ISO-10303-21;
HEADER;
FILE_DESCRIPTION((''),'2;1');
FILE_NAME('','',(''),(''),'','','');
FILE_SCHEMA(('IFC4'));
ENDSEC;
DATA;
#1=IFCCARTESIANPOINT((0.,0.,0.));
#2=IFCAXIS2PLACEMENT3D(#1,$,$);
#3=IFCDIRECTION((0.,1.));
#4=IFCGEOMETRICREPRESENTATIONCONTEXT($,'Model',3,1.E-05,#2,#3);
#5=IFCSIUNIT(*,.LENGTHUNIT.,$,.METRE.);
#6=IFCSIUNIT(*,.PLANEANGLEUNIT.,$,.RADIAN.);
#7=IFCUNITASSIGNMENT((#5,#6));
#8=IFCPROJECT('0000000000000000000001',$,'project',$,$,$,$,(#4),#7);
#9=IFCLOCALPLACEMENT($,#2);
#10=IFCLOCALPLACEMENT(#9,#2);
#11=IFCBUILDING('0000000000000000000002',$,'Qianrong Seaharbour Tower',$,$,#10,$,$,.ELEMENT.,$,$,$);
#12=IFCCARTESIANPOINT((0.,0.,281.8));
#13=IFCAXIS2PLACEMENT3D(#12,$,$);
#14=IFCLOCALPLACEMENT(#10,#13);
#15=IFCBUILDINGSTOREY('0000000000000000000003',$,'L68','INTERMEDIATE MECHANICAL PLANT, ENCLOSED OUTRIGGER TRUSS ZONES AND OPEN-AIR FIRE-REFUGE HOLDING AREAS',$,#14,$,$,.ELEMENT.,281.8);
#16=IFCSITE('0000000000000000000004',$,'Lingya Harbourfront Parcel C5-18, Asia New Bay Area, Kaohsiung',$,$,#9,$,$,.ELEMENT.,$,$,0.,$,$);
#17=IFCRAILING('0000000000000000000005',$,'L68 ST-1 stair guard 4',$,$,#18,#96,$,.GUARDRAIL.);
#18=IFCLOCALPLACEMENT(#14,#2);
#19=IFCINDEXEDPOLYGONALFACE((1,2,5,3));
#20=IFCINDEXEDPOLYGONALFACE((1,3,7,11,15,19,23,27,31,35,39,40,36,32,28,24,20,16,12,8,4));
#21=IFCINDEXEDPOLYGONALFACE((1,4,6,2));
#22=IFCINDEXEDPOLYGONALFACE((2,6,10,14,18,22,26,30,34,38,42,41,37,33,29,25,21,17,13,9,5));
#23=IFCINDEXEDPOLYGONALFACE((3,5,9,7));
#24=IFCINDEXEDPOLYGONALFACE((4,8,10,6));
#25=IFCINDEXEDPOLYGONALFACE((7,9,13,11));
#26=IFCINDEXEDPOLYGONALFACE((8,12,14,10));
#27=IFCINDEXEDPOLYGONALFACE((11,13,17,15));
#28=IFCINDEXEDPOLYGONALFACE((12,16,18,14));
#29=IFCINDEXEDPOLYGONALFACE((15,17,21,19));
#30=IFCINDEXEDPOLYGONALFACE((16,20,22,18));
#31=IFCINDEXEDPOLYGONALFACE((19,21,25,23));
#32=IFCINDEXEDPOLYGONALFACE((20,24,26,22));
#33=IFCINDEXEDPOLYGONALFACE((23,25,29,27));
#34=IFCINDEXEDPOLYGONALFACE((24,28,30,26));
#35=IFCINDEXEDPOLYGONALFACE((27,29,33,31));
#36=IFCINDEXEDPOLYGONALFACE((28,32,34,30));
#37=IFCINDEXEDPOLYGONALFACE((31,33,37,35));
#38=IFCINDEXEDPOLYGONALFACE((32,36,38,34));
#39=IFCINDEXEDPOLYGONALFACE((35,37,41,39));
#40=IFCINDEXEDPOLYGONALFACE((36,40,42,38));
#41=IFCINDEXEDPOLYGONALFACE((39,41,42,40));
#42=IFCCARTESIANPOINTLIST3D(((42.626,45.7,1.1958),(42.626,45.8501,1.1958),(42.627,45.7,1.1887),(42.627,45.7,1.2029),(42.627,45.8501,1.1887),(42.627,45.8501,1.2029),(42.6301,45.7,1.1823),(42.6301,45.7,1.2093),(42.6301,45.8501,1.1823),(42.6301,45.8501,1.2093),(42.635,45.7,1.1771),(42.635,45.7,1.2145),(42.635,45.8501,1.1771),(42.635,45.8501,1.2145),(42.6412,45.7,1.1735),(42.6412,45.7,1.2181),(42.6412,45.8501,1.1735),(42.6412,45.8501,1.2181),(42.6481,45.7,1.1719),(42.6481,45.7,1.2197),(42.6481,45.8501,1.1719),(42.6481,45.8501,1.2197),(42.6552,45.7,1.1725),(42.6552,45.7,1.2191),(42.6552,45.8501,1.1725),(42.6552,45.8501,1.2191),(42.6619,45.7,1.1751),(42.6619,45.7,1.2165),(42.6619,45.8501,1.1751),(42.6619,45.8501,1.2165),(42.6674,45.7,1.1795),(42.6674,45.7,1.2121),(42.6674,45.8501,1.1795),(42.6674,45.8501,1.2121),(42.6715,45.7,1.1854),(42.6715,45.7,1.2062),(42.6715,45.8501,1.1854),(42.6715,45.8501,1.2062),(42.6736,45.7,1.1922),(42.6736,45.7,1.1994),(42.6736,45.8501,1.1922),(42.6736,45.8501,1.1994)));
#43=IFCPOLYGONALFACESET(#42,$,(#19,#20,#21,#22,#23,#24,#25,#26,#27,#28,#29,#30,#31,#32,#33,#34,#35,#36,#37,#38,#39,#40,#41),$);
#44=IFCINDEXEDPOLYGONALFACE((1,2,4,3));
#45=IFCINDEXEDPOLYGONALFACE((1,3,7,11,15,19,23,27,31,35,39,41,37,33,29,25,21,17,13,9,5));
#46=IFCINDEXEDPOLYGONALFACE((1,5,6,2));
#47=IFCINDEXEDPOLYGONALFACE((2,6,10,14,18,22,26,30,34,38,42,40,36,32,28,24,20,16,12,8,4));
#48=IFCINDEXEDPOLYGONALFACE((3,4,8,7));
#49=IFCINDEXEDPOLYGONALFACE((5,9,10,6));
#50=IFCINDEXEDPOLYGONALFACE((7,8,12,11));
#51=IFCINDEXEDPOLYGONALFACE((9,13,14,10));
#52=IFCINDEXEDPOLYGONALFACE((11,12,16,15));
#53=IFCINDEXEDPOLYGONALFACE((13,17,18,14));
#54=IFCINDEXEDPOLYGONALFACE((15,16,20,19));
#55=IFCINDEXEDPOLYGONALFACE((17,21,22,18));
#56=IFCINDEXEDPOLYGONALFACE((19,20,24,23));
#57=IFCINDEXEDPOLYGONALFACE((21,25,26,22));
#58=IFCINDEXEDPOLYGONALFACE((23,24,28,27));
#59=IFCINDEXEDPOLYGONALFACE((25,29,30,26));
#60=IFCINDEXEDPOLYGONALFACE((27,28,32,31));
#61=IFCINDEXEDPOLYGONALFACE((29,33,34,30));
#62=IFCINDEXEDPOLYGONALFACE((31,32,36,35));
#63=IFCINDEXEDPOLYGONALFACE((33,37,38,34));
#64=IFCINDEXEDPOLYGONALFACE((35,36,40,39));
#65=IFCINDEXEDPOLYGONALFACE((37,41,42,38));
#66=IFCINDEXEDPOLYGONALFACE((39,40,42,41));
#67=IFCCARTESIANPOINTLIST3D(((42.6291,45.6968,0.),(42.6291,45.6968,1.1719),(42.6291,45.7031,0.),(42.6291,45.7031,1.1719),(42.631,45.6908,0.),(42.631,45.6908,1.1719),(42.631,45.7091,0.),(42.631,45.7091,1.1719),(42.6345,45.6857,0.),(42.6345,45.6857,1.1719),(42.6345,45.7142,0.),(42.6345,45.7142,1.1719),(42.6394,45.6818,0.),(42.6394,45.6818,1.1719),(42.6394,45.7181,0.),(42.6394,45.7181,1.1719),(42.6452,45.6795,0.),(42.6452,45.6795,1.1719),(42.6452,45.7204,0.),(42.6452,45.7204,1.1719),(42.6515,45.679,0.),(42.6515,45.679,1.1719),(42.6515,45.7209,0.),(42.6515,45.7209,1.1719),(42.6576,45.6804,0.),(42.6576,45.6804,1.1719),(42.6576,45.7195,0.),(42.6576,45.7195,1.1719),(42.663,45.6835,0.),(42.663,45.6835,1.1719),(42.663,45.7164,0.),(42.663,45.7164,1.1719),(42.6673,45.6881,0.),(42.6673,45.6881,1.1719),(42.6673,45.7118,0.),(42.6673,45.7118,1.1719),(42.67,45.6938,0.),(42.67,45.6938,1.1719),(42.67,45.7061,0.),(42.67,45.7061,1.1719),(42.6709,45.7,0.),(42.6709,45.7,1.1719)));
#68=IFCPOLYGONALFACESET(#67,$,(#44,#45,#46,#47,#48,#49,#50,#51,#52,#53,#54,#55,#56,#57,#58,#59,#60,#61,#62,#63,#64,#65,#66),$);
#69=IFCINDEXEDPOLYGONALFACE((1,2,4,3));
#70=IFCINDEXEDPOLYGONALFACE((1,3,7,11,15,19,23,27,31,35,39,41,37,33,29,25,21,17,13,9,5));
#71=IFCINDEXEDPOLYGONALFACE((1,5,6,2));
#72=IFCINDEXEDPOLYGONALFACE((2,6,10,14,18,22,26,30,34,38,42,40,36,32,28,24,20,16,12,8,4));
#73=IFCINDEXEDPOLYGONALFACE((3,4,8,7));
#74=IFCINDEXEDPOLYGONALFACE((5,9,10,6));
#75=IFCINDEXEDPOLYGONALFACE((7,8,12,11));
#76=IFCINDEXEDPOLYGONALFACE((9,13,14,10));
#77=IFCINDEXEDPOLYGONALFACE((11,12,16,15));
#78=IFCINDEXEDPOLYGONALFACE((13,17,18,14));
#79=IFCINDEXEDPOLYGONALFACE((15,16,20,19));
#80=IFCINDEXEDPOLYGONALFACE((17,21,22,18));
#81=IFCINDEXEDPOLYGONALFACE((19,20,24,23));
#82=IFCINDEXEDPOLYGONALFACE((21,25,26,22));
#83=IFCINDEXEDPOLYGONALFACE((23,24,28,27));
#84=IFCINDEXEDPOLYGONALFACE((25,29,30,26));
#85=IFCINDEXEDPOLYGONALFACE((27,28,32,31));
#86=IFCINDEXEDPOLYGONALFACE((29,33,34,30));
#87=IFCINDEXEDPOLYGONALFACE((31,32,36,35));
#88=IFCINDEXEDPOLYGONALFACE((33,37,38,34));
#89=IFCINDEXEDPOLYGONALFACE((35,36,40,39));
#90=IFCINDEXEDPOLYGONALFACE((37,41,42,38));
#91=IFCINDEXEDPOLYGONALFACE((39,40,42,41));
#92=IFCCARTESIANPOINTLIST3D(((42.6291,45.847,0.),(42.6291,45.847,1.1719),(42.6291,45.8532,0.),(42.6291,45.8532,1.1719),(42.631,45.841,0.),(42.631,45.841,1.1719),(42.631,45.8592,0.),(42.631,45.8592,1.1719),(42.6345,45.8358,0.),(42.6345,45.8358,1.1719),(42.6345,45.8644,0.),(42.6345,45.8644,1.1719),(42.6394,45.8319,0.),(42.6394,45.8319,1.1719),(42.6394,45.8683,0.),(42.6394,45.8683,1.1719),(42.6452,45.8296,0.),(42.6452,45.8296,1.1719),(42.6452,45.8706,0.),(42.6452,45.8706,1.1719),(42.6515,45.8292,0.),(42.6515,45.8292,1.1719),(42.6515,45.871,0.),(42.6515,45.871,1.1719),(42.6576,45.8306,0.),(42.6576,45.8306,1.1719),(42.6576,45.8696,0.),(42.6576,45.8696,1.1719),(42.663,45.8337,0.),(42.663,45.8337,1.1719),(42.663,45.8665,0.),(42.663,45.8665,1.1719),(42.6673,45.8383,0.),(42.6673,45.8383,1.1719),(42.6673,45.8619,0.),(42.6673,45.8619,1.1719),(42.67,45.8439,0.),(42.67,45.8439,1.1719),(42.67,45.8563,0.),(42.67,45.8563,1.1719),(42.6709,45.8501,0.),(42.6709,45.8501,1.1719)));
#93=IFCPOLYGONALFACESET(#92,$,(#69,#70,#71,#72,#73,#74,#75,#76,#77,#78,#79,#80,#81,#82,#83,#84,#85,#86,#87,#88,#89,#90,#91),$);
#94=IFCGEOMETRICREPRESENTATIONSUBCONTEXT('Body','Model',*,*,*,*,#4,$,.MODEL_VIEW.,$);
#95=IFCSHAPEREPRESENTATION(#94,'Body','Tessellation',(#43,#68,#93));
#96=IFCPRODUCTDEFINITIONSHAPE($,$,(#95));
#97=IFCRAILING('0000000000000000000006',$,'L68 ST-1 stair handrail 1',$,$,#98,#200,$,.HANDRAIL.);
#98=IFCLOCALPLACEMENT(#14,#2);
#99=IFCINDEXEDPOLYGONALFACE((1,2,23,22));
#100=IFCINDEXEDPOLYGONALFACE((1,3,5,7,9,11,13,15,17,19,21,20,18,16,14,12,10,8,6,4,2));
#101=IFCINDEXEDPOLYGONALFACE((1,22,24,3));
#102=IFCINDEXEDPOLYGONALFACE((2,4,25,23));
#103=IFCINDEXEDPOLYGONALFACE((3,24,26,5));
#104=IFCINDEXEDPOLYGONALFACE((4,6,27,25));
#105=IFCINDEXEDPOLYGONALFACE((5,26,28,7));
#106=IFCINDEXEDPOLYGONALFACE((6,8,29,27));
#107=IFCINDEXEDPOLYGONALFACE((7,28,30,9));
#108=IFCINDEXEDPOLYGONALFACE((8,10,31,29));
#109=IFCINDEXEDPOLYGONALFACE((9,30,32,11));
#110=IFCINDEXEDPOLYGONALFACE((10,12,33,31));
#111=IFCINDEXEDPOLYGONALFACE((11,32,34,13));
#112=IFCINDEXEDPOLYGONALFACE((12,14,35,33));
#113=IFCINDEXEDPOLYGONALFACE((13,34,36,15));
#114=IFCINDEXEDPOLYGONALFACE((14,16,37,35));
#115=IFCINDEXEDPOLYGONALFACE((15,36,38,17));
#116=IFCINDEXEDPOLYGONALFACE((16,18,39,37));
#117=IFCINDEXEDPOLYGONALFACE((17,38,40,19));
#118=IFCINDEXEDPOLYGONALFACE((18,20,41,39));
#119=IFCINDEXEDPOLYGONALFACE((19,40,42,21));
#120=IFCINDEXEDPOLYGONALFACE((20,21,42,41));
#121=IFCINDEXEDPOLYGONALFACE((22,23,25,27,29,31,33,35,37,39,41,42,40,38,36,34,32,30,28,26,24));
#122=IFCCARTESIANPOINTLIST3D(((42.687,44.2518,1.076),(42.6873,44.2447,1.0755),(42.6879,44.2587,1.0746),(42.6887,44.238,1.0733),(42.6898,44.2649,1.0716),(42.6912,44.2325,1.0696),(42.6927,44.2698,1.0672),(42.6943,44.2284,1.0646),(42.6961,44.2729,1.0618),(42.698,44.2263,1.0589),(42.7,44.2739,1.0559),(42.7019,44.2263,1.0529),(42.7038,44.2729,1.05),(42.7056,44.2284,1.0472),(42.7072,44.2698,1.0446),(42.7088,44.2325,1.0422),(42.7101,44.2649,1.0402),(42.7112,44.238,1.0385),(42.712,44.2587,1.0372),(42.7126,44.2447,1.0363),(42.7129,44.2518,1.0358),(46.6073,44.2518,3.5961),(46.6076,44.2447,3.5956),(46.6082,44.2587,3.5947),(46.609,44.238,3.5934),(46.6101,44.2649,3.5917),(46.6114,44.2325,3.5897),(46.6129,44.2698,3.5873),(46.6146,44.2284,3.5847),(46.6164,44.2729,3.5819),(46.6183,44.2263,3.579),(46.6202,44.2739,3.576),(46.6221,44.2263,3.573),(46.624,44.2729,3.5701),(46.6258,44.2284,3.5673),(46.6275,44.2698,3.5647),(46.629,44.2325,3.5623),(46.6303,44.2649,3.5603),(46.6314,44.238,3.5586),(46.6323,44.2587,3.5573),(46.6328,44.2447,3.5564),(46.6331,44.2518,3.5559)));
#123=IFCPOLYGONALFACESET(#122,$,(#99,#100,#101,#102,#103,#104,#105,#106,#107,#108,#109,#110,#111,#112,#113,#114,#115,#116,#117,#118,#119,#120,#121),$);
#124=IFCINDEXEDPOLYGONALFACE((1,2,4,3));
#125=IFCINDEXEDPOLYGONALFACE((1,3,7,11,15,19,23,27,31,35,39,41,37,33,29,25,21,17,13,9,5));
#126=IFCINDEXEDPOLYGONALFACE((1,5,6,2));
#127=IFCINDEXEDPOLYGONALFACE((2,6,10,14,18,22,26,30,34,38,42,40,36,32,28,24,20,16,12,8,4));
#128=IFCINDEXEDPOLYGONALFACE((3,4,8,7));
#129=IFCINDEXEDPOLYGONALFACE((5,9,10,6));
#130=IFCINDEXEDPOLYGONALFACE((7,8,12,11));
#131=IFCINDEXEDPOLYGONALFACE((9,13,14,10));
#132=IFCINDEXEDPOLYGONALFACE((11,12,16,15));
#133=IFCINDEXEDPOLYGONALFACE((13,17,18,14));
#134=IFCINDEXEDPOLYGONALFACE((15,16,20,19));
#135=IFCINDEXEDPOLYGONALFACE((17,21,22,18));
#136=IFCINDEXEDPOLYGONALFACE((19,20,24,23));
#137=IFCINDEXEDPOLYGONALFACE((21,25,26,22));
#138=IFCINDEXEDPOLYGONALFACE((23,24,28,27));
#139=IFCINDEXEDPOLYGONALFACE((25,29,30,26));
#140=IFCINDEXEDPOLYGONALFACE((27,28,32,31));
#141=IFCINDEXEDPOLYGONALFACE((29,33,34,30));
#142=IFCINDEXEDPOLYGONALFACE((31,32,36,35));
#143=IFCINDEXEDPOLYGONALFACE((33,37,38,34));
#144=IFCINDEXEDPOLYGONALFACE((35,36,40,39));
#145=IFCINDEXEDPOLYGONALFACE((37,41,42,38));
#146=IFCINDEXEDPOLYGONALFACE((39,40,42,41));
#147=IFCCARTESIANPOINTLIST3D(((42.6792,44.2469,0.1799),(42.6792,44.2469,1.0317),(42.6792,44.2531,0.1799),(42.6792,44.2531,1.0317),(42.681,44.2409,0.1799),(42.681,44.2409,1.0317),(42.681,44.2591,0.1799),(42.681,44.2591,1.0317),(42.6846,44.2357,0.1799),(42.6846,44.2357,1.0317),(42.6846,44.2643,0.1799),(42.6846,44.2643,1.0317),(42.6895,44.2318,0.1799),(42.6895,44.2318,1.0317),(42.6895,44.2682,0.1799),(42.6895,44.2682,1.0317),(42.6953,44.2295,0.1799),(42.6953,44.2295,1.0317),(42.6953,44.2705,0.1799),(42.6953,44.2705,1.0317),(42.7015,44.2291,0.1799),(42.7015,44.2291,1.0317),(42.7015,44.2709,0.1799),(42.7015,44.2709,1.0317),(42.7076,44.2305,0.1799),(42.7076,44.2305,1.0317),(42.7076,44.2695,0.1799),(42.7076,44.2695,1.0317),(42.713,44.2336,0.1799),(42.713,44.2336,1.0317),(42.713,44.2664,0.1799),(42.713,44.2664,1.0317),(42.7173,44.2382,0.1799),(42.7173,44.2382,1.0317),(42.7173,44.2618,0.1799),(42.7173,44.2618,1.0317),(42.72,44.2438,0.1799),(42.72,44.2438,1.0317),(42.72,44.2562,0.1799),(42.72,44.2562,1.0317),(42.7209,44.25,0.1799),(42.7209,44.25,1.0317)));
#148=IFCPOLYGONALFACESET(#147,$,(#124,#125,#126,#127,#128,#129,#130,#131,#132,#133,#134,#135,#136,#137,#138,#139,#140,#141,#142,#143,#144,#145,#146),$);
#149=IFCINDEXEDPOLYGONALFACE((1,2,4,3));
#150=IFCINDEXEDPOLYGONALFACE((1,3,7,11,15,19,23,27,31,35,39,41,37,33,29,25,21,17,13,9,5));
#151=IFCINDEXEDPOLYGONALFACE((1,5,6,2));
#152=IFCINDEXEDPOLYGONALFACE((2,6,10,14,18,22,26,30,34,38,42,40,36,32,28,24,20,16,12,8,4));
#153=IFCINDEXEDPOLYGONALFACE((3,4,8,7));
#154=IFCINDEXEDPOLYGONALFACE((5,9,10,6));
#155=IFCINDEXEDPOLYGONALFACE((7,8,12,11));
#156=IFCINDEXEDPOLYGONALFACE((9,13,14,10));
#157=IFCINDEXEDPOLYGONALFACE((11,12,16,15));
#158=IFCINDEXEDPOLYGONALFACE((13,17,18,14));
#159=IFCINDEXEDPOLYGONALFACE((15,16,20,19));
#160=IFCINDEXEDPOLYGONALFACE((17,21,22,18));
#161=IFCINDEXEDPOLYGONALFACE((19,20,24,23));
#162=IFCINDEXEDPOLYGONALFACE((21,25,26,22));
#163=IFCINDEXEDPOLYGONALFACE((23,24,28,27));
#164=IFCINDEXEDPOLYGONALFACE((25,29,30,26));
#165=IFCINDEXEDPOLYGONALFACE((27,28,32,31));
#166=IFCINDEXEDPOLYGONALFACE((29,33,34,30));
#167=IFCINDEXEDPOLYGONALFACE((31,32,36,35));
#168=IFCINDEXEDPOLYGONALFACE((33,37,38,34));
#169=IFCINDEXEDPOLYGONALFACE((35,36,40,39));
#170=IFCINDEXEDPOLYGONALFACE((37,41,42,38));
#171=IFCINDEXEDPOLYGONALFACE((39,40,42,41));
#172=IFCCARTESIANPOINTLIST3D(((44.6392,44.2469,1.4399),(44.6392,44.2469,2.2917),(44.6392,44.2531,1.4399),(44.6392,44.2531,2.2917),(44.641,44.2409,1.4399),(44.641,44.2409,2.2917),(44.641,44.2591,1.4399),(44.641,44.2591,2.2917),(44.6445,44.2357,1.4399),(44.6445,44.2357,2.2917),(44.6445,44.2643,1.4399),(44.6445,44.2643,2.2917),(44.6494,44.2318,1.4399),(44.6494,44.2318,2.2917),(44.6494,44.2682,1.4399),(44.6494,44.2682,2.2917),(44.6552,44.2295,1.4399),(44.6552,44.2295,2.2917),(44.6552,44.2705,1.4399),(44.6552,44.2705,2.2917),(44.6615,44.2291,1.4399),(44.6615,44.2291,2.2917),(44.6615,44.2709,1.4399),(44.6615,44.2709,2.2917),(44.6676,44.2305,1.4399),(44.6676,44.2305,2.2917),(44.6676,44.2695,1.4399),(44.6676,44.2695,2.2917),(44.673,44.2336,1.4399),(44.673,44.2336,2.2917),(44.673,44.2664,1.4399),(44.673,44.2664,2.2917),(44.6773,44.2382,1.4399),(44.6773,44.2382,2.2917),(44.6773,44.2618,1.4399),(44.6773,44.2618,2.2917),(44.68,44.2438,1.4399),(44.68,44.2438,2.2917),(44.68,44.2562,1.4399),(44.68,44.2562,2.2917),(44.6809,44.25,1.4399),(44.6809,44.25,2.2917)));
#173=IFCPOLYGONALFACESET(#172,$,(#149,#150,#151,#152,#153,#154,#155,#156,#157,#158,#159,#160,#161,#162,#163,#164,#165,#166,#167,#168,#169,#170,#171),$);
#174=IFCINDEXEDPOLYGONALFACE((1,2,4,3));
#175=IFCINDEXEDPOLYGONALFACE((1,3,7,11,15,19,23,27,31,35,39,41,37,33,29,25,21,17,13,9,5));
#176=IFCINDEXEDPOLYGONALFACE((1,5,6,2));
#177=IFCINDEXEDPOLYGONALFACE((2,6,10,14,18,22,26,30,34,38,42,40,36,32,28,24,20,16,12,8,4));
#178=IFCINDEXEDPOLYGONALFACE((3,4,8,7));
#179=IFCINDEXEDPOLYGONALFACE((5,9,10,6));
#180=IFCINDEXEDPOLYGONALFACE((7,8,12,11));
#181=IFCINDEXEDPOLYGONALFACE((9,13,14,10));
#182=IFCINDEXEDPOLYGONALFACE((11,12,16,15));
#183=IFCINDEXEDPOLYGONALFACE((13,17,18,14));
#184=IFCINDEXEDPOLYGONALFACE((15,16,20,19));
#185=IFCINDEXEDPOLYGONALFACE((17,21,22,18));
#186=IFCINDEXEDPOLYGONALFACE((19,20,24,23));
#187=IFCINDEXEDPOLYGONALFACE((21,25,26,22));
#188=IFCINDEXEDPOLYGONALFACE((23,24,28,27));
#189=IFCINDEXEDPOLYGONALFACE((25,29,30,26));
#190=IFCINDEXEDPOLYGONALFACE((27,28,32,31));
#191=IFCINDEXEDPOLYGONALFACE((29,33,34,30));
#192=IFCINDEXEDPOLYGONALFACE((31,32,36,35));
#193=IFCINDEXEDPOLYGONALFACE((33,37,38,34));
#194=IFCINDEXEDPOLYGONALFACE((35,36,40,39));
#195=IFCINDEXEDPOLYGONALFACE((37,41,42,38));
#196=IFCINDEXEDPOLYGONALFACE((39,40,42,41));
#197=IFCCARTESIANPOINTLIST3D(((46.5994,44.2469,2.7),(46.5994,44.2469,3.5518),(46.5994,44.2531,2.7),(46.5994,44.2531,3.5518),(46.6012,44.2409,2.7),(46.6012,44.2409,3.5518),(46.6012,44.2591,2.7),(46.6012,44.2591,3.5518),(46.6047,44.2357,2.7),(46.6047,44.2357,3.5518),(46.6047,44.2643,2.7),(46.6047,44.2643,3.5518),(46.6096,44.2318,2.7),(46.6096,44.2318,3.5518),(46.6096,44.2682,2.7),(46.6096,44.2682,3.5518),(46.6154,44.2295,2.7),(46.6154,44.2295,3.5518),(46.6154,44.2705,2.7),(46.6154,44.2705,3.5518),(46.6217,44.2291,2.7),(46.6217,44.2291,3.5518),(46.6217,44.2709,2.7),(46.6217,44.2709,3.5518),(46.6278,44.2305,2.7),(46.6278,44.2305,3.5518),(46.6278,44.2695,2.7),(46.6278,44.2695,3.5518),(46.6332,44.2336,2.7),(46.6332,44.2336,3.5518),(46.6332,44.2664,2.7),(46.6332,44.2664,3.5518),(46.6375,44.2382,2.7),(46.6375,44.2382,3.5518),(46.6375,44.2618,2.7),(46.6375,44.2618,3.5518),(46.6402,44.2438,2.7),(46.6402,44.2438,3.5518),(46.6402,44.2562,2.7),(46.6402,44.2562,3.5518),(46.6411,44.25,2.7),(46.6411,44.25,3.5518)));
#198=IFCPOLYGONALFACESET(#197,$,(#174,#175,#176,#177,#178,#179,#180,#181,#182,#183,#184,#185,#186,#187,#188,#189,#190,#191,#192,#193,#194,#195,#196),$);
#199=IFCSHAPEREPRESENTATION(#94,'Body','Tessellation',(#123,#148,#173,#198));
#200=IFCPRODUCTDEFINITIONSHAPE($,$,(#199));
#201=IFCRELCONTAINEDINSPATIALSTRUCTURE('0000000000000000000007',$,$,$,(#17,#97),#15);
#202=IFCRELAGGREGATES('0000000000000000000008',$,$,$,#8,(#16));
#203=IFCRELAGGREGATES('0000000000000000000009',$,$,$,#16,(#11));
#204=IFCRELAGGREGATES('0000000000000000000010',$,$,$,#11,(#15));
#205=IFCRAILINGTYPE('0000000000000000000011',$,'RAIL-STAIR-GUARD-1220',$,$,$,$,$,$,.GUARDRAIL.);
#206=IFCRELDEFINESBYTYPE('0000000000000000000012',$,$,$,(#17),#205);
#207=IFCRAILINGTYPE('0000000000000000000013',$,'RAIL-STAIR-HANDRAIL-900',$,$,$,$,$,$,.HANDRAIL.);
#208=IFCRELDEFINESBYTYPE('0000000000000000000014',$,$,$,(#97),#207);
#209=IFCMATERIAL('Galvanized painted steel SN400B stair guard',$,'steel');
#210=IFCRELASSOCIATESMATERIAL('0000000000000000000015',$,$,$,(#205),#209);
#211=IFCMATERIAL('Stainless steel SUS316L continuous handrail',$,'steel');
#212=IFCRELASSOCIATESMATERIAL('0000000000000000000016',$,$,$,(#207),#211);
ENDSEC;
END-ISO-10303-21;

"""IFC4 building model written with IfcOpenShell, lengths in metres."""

from ifc_helpers import new_model, si_unit, direction, frame, origin, origin_2d, place, context, subcontext, project, spatial, circle, extrude, material, type_object, element, save


model = new_model("IFC4")

# Units and contexts
model_context = context("Model", 3, precision=1e-05, world=origin(), true_north=direction((0.0, 1.0)))
body_context = subcontext(model_context, "Body", "Model", "MODEL_VIEW")
ifc_project = project(units=[si_unit("LENGTHUNIT", "METRE"), si_unit("PLANEANGLEUNIT", "RADIAN")], contexts=[model_context])

# Site, building, storey
site_placement = place(None, origin())
site = spatial("IfcSite", under=ifc_project, at=site_placement, Name="Lingya Harbourfront Parcel C5-18, Asia New Bay Area, Kaohsiung", CompositionType="ELEMENT", RefElevation=0.0)
building_placement = place(site_placement, origin())
building = spatial("IfcBuilding", under=site, at=building_placement, Name="Qianrong Seaharbour Tower", CompositionType="ELEMENT")
storey_placement = place(building_placement, frame((0.0, 0.0, 281.8)))
storey = spatial("IfcBuildingStorey", under=building, at=storey_placement, Name="L68", Description="INTERMEDIATE MECHANICAL PLANT, ENCLOSED OUTRIGGER TRUSS ZONES AND OPEN-AIR FIRE-REFUGE HOLDING AREAS", CompositionType="ELEMENT", Elevation=281.8)

# Railings
ifc_material_1 = material(Name="Galvanized painted steel SN400B stair guard", Category="steel")
railing_type_1 = type_object("IfcRailingType", Name="RAIL-STAIR-GUARD-1220", PredefinedType="GUARDRAIL", material=ifc_material_1)
railing_1_placement = place(storey_placement, frame((42.6499, 45.7, 0.0)))
element("IfcRailing", 1, at=railing_1_placement, inside=storey, type_object=railing_type_1, Name="L68 ST-1 stair guard 4", PredefinedType="GUARDRAIL", context=body_context, shape_type="SweptSolid", body=[
    extrude(circle(Radius=0.0239, at=origin_2d()), frame((0.0, 0.0, 1.1958), z_axis=(0.0, 1.0, 0.0), x_axis=(-1.0, 0.0, 0.0)), (0.0, 0.0, 1.0), 0.1501),
    extrude(circle(Radius=0.021, at=origin_2d()), origin(), (0.0, 0.0, 1.0), 1.1719),
    extrude(circle(Radius=0.021, at=origin_2d()), frame((0.0, 0.1501, 0.0)), (0.0, 0.0, 1.0), 1.1719),
])
ifc_material_2 = material(Name="Stainless steel SUS316L continuous handrail", Category="steel")
railing_type_2 = type_object("IfcRailingType", Name="RAIL-STAIR-HANDRAIL-900", PredefinedType="HANDRAIL", material=ifc_material_2)
railing_2_placement = place(storey_placement, frame((42.7, 44.25, 0.1799)))
element("IfcRailing", 2, at=railing_2_placement, inside=storey, type_object=railing_type_2, Name="L68 ST-1 stair handrail 1", PredefinedType="HANDRAIL", context=body_context, shape_type="SweptSolid", body=[
    extrude(circle(Radius=0.0239, at=origin_2d()), frame((0.0, 0.0, 0.876), z_axis=(0.841187, 0.0, 0.540744), x_axis=(0.0, 1.0, 0.0)), (0.0, 0.0, 1.0), 4.6604),
    extrude(circle(Radius=0.021, at=origin_2d()), origin(), (0.0, 0.0, 1.0), 0.8518),
    extrude(circle(Radius=0.021, at=origin_2d()), frame((1.96, 0.0, 1.26)), (0.0, 0.0, 1.0), 0.8518),
    extrude(circle(Radius=0.021, at=origin_2d()), frame((3.9202, 0.0, 2.52)), (0.0, 0.0, 1.0), 0.8518),
])

save(model, "model.ifc")
